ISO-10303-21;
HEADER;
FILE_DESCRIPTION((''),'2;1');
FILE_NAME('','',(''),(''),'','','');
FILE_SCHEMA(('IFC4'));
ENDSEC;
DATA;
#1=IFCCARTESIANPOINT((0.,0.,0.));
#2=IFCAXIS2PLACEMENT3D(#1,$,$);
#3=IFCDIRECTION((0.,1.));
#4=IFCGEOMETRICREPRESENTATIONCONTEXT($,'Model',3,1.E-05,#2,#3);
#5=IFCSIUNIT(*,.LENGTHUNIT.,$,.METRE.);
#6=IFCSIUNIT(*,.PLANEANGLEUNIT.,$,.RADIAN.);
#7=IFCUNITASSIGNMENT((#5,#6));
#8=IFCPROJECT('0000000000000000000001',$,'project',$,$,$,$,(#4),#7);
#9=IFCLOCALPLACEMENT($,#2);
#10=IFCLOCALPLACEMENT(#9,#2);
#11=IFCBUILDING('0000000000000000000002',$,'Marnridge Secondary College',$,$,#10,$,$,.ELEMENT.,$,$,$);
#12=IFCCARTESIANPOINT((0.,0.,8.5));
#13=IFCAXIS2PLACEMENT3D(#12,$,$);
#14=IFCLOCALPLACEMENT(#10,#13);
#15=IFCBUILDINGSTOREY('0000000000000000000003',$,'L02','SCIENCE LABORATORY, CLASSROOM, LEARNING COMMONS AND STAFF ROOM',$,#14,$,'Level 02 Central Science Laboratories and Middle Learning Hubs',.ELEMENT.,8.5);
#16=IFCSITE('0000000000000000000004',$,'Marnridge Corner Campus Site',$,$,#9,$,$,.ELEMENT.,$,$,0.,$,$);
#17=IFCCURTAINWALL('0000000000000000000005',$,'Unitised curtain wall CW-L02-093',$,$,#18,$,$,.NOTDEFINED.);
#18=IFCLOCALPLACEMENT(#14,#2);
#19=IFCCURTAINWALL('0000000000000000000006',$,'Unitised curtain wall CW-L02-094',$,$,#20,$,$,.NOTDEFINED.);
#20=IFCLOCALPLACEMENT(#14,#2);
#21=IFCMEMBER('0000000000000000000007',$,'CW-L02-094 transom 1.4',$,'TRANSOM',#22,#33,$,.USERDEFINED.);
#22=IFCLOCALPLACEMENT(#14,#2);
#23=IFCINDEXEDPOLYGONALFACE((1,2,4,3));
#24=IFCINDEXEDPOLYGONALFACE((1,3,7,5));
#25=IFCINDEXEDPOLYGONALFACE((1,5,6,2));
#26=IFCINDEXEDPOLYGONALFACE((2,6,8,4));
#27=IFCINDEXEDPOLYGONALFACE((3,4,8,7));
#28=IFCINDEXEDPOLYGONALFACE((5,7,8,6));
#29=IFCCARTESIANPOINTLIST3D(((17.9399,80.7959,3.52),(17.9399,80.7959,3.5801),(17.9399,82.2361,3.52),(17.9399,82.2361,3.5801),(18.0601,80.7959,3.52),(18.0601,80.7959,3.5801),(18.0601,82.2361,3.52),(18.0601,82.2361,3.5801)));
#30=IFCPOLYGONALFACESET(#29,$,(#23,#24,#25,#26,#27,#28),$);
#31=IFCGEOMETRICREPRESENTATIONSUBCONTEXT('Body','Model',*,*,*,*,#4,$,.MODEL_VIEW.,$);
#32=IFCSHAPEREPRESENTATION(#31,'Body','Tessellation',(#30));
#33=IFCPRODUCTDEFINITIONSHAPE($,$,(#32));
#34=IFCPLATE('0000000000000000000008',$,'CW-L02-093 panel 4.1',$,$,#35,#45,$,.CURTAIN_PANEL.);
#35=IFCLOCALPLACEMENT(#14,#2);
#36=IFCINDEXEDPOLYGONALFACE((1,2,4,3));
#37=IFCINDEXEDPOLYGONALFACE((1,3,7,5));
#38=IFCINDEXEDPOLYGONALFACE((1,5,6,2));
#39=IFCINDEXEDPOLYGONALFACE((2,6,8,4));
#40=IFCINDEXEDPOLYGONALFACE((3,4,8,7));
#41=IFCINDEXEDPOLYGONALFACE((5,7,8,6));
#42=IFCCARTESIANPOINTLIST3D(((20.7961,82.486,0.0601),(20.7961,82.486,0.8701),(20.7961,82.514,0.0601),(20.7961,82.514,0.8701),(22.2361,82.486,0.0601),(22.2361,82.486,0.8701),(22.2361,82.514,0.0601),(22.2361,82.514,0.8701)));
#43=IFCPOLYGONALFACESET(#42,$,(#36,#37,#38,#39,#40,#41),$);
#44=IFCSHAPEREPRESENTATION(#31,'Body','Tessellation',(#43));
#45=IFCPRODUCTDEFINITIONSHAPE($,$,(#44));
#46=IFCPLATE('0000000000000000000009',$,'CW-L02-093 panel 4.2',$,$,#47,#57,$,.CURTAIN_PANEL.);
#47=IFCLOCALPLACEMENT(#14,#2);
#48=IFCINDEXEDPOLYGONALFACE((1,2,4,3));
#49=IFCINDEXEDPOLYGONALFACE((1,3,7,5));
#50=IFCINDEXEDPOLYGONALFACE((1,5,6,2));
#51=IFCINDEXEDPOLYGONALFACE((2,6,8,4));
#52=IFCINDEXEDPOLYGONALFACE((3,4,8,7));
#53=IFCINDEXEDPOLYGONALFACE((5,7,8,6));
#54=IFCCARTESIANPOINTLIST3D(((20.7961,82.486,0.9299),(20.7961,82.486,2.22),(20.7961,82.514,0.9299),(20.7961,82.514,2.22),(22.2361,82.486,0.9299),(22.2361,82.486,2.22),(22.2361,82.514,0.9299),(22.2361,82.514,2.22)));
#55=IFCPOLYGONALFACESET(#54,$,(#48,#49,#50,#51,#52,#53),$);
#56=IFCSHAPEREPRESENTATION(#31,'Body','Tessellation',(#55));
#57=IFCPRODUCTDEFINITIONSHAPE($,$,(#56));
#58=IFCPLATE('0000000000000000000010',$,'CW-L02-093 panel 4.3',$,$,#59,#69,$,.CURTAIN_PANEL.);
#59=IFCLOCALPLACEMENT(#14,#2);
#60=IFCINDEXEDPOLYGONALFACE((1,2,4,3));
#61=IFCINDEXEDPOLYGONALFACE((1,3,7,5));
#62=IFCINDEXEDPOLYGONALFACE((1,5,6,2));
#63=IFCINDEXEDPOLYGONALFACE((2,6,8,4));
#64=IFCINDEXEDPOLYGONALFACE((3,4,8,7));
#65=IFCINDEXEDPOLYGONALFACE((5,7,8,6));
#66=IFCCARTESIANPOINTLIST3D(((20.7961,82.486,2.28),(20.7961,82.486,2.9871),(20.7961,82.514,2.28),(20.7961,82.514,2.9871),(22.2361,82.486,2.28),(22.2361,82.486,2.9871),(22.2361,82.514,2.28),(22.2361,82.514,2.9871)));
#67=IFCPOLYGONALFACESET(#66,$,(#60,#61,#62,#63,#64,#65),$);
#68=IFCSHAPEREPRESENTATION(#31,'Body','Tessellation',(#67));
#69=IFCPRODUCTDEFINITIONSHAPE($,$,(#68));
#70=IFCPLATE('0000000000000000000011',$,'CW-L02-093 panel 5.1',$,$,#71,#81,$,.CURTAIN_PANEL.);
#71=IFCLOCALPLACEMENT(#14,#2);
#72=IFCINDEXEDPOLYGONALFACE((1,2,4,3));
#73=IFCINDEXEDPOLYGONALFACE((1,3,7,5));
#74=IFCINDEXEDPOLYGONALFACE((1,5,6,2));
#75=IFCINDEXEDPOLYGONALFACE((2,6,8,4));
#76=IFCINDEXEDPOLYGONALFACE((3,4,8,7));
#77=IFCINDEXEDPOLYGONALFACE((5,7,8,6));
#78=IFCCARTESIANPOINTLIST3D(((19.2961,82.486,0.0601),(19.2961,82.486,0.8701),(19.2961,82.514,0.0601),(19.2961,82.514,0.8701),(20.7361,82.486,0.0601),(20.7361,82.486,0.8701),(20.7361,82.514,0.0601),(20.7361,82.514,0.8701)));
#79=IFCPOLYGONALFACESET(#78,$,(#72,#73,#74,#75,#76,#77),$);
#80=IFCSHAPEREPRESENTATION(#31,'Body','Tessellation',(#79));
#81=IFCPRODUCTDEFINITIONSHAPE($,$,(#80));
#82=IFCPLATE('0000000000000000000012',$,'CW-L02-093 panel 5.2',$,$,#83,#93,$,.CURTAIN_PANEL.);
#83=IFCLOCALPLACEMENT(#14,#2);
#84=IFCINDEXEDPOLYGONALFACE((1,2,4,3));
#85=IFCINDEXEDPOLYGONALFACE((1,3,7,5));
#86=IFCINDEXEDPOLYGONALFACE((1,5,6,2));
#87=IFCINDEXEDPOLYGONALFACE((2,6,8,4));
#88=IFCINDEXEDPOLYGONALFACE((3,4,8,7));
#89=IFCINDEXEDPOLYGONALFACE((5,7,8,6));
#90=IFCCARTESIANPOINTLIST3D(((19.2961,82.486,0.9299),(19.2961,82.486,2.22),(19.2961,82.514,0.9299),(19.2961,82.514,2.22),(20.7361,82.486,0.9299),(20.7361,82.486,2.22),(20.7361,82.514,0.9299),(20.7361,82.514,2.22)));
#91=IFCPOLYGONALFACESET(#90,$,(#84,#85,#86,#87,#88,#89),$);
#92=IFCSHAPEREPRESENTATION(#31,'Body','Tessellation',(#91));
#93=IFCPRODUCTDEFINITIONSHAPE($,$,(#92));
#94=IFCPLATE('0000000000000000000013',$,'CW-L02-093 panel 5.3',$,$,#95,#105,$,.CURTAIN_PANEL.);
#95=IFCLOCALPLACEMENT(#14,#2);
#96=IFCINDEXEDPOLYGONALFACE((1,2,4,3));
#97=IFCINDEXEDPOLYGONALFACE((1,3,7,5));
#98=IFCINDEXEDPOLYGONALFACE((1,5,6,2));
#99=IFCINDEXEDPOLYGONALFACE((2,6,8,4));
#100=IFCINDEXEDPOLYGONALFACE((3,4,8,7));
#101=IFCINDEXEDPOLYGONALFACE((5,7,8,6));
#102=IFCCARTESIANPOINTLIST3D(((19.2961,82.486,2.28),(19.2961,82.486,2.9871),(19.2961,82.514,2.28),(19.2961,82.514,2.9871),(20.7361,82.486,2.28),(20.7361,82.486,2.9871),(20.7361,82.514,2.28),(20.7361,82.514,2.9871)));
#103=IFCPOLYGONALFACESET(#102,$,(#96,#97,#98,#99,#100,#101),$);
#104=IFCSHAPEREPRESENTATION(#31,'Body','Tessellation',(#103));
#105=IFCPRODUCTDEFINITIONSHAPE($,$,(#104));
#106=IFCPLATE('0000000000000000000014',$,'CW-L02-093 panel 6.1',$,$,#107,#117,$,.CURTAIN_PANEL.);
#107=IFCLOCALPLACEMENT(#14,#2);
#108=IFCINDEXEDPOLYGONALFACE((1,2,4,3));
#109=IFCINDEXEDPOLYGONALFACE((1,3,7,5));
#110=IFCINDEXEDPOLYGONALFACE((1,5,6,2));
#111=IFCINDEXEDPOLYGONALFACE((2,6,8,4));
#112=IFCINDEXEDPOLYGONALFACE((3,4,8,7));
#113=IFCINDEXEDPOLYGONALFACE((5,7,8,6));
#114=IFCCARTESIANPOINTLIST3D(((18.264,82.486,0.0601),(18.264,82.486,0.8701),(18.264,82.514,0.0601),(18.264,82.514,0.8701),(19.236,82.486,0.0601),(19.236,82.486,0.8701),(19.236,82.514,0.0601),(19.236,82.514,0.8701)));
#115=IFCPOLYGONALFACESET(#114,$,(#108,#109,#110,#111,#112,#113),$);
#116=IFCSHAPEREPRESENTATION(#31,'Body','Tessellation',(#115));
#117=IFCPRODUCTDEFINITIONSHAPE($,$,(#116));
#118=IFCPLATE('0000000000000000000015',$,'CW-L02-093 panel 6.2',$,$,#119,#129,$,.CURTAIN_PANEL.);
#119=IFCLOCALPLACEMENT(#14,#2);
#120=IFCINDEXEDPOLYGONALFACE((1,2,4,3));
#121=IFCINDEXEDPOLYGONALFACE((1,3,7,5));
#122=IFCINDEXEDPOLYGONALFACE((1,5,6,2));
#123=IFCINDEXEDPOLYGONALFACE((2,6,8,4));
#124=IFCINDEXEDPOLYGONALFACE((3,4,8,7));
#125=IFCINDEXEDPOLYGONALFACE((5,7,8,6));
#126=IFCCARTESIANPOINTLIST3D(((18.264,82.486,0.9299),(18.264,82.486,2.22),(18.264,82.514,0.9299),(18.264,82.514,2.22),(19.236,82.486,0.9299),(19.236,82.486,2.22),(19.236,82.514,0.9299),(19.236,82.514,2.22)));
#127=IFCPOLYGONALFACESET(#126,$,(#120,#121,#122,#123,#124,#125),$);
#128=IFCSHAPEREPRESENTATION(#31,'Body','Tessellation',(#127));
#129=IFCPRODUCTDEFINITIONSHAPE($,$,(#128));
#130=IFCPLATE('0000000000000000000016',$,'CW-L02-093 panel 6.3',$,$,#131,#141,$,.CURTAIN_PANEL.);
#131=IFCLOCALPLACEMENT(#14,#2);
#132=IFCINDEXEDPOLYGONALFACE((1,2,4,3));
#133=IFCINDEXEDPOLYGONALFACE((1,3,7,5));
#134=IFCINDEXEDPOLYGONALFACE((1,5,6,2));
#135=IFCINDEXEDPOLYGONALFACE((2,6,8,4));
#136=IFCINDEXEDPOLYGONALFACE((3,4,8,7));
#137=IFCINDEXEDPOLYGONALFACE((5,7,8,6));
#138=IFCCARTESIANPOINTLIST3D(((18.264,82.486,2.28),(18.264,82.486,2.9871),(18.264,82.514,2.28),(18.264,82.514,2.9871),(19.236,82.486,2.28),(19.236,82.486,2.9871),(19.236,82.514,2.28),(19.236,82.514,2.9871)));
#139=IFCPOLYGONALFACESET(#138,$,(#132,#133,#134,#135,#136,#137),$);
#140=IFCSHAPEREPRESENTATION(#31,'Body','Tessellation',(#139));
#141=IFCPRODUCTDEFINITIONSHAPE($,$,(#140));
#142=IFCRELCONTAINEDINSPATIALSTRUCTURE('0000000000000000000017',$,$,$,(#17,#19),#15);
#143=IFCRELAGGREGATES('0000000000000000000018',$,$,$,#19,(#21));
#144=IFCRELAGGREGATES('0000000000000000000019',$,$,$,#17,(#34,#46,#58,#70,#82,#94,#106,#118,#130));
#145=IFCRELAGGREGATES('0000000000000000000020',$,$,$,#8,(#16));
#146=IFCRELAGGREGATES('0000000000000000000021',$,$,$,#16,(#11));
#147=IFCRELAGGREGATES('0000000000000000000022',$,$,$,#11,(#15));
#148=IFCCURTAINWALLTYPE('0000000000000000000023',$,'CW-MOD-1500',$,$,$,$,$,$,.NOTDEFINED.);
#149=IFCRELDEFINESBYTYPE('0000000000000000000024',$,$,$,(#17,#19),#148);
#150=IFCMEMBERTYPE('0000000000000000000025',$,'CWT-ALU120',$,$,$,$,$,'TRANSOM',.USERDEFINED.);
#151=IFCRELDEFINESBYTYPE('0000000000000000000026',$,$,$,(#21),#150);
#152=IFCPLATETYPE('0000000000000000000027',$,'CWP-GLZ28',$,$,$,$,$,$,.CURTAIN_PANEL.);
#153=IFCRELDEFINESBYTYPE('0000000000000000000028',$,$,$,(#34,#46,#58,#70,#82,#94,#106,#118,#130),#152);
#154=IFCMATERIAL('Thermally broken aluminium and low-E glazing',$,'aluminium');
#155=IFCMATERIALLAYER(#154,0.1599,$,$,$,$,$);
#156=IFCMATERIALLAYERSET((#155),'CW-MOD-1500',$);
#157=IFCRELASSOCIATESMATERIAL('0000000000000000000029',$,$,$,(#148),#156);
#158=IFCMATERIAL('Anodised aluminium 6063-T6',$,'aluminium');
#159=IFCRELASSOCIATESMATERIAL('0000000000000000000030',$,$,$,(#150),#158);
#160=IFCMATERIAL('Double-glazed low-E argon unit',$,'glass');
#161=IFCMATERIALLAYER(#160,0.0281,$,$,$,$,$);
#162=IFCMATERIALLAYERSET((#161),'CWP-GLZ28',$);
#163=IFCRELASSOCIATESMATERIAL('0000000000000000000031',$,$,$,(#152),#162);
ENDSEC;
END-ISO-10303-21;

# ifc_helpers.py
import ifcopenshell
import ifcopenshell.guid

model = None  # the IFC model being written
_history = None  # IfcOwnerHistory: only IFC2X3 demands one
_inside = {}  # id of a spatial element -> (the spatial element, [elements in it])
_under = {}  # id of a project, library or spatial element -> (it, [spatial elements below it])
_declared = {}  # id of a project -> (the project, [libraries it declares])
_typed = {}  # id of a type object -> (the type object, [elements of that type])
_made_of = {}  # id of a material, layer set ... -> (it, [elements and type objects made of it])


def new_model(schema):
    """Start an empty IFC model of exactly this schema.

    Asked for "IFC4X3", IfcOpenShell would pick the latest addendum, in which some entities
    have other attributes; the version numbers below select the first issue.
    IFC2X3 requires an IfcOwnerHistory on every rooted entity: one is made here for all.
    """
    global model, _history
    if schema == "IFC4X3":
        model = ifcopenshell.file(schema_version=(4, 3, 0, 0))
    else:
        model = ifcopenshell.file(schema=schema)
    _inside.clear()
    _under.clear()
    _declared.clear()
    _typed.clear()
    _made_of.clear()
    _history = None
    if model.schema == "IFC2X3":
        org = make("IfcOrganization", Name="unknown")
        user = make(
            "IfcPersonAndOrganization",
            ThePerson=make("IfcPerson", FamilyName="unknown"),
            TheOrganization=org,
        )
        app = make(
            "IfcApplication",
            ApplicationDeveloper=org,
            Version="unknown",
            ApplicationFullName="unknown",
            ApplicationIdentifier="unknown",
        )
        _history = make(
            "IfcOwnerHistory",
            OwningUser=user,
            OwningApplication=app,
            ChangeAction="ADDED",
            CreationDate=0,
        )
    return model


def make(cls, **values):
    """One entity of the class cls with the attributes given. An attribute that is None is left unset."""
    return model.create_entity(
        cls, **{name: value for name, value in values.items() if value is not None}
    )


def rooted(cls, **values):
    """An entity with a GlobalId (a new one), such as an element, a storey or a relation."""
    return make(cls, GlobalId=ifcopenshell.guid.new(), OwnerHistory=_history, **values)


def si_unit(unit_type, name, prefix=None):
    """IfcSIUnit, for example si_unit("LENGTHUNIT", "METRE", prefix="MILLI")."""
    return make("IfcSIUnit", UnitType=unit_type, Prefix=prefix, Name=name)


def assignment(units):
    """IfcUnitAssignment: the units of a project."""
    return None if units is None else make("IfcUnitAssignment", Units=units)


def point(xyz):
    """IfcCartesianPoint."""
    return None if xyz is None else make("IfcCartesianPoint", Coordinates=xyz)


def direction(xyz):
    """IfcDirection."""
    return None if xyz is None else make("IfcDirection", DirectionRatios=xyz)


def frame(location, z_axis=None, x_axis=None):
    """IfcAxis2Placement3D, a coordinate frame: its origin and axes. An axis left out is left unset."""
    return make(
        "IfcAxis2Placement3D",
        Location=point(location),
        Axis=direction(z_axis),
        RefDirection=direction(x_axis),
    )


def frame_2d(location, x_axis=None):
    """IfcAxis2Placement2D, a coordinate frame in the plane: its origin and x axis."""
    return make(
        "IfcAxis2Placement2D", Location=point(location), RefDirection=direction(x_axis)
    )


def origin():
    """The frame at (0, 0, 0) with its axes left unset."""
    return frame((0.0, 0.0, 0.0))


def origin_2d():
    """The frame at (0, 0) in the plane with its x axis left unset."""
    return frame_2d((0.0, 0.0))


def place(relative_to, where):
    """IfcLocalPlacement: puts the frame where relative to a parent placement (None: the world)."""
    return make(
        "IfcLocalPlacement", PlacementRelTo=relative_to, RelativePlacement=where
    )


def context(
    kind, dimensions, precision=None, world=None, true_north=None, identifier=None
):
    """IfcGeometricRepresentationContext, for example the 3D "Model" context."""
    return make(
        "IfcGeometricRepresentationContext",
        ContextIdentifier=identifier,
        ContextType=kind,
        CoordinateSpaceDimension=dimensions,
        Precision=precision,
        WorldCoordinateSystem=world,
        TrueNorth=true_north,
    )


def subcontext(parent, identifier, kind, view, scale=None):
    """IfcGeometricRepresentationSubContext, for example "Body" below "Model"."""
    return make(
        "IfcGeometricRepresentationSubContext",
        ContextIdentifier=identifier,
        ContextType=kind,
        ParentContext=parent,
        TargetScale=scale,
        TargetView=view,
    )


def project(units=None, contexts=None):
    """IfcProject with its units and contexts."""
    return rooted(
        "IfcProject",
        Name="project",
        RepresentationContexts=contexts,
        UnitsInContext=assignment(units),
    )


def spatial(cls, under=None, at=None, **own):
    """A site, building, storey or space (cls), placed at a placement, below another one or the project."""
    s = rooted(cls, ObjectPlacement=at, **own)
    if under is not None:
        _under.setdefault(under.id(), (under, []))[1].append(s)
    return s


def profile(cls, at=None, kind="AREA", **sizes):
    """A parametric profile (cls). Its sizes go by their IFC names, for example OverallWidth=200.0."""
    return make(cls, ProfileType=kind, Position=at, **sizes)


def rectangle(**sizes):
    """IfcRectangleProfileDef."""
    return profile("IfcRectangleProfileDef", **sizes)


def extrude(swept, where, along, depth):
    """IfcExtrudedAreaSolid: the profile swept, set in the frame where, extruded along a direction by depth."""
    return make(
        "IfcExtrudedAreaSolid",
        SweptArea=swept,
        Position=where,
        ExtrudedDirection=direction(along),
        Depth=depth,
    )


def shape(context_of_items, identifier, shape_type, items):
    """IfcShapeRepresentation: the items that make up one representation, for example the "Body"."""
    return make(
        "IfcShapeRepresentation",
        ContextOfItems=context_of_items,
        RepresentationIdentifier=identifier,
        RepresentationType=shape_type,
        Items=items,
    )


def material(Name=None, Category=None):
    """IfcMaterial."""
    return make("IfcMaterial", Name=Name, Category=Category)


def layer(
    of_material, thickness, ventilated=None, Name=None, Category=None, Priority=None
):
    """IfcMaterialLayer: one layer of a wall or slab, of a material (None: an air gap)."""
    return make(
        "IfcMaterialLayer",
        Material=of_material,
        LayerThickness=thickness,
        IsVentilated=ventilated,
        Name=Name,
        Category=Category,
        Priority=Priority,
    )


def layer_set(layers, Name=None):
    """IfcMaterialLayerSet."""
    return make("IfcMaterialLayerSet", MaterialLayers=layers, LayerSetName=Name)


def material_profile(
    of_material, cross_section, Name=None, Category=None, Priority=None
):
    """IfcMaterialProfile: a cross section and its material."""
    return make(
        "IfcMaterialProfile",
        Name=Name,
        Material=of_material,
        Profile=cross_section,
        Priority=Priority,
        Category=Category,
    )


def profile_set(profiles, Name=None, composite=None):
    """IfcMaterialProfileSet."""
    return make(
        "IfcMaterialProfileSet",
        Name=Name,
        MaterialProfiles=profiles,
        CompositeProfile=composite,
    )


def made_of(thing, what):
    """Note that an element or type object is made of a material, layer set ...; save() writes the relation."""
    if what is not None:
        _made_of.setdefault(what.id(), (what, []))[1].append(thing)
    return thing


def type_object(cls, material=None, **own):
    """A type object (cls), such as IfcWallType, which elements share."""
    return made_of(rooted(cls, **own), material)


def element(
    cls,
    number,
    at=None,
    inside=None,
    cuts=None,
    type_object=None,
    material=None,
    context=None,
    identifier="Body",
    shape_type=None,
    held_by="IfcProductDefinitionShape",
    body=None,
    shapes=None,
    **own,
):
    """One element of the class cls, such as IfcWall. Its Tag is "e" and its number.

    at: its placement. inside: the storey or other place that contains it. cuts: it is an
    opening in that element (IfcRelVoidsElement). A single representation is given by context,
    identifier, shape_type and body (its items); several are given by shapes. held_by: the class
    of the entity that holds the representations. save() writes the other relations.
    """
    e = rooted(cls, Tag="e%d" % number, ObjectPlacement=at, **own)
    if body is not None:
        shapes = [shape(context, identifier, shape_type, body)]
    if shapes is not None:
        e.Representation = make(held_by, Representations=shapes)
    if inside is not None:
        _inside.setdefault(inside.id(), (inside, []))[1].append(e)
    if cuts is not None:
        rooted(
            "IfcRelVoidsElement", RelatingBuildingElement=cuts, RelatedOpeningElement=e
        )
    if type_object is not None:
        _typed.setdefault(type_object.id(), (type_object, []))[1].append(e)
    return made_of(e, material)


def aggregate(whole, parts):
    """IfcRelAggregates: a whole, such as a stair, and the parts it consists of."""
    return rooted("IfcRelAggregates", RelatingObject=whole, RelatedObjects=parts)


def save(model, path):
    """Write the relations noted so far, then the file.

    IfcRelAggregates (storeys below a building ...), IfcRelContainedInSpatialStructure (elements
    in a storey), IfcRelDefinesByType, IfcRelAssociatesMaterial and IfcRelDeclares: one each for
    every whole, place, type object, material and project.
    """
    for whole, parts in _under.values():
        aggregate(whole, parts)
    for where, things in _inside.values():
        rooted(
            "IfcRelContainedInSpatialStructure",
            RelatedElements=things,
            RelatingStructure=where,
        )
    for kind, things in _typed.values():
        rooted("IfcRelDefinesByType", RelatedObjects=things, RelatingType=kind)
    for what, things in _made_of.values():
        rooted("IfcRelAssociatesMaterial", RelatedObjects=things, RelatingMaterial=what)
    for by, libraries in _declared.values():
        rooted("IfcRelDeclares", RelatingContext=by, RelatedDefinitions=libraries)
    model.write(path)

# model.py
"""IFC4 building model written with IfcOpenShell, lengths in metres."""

from ifc_helpers import new_model, si_unit, direction, frame, origin, origin_2d, place, context, subcontext, project, spatial, rectangle, extrude, material, layer, layer_set, material_profile, profile_set, type_object, element, aggregate, save


model = new_model("IFC4")

# Units and contexts
model_context = context("Model", 3, precision=1e-05, world=origin(), true_north=direction((0.0, 1.0)))
body_context = subcontext(model_context, "Body", "Model", "MODEL_VIEW")
ifc_project = project(units=[si_unit("LENGTHUNIT", "METRE"), si_unit("PLANEANGLEUNIT", "RADIAN")], contexts=[model_context])

# Site, building, storey
site_placement = place(None, origin())
site = spatial("IfcSite", under=ifc_project, at=site_placement, Name="Marnridge Corner Campus Site", CompositionType="ELEMENT", RefElevation=0.0)
building_placement = place(site_placement, origin())
building = spatial("IfcBuilding", under=site, at=building_placement, Name="Marnridge Secondary College", CompositionType="ELEMENT")
storey_placement = place(building_placement, frame((0.0, 0.0, 8.5)))
storey = spatial("IfcBuildingStorey", under=building, at=storey_placement, Name="L02", Description="SCIENCE LABORATORY, CLASSROOM, LEARNING COMMONS AND STAFF ROOM", LongName="Level 02 Central Science Laboratories and Middle Learning Hubs", CompositionType="ELEMENT", Elevation=8.5)

# Curtain wall
ifc_material_1 = material(Name="Thermally broken aluminium and low-E glazing", Category="aluminium")
ifc_layer_1 = layer(ifc_material_1, 0.1599)
ifc_layer_set_1 = layer_set([ifc_layer_1], Name="CW-MOD-1500")
curtain_wall_type = type_object("IfcCurtainWallType", Name="CW-MOD-1500", PredefinedType="NOTDEFINED", material=ifc_layer_set_1)
curtain_wall_1_placement = place(storey_placement, origin())
curtain_wall_1 = element("IfcCurtainWall", 1, at=curtain_wall_1_placement, inside=storey, type_object=curtain_wall_type, Name="Unitised curtain wall CW-L02-093", PredefinedType="NOTDEFINED")

# Curtain wall
curtain_wall_2_placement = place(storey_placement, origin())
curtain_wall_2 = element("IfcCurtainWall", 2, at=curtain_wall_2_placement, inside=storey, type_object=curtain_wall_type, Name="Unitised curtain wall CW-L02-094", PredefinedType="NOTDEFINED")

# Member
ifc_material_2 = material(Name="Anodised aluminium 6063-T6", Category="aluminium")
ifc_material_profile_1 = material_profile(ifc_material_2, rectangle(XDim=0.0601, YDim=0.1201, at=origin_2d()), Name="ALU 60x120")
ifc_profile_set_1 = profile_set([ifc_material_profile_1], Name="Anodised aluminium 6063-T6")
member_type_1 = type_object("IfcMemberType", Name="CWT-ALU120", ElementType="TRANSOM", PredefinedType="USERDEFINED", material=ifc_profile_set_1)
member_1_placement = place(storey_placement, frame((18.0, 82.2361, 3.55), z_axis=(0.0, -1.0, 0.0), x_axis=(0.0, 0.0, 1.0)))
member_1 = element("IfcMember", 3, at=member_1_placement, type_object=member_type_1, Name="CW-L02-094 transom 1.4", ObjectType="TRANSOM", PredefinedType="USERDEFINED", context=body_context, shape_type="SweptSolid", body=[
    extrude(rectangle(XDim=0.0601, YDim=0.1201, at=origin_2d()), origin(), (0.0, 0.0, 1.0), 1.4402),
])
aggregate(curtain_wall_2, [member_1])

# Plates
ifc_material_3 = material(Name="Double-glazed low-E argon unit", Category="glass")
ifc_layer_2 = layer(ifc_material_3, 0.0281)
ifc_layer_set_2 = layer_set([ifc_layer_2], Name="CWP-GLZ28")
plate_type = type_object("IfcPlateType", Name="CWP-GLZ28", PredefinedType="CURTAIN_PANEL", material=ifc_layer_set_2)
plate_1_placement = place(storey_placement, frame((21.5161, 82.5, 0.0601), z_axis=(0.0, 0.0, 1.0), x_axis=(-1.0, 0.0, 0.0)))
plate_1 = element("IfcPlate", 4, at=plate_1_placement, type_object=plate_type, Name="CW-L02-093 panel 4.1", PredefinedType="CURTAIN_PANEL", context=body_context, shape_type="SweptSolid", body=[
    extrude(rectangle(XDim=1.4399, YDim=0.0281, at=origin_2d()), origin(), (0.0, 0.0, 1.0), 0.8101),
])
plate_2_placement = place(storey_placement, frame((21.5161, 82.5, 0.9299), z_axis=(0.0, 0.0, 1.0), x_axis=(-1.0, 0.0, 0.0)))
plate_2 = element("IfcPlate", 5, at=plate_2_placement, type_object=plate_type, Name="CW-L02-093 panel 4.2", PredefinedType="CURTAIN_PANEL", context=body_context, shape_type="SweptSolid", body=[
    extrude(rectangle(XDim=1.4399, YDim=0.0281, at=origin_2d()), origin(), (0.0, 0.0, 1.0), 1.29),
])
plate_3_placement = place(storey_placement, frame((21.5161, 82.5, 2.28), z_axis=(0.0, 0.0, 1.0), x_axis=(-1.0, 0.0, 0.0)))
plate_3 = element("IfcPlate", 6, at=plate_3_placement, type_object=plate_type, Name="CW-L02-093 panel 4.3", PredefinedType="CURTAIN_PANEL", context=body_context, shape_type="SweptSolid", body=[
    extrude(rectangle(XDim=1.4399, YDim=0.0281, at=origin_2d()), origin(), (0.0, 0.0, 1.0), 0.707),
])
plate_4_placement = place(storey_placement, frame((20.0161, 82.5, 0.0601), z_axis=(0.0, 0.0, 1.0), x_axis=(-1.0, 0.0, 0.0)))
plate_4 = element("IfcPlate", 7, at=plate_4_placement, type_object=plate_type, Name="CW-L02-093 panel 5.1", PredefinedType="CURTAIN_PANEL", context=body_context, shape_type="SweptSolid", body=[
    extrude(rectangle(XDim=1.4399, YDim=0.0281, at=origin_2d()), origin(), (0.0, 0.0, 1.0), 0.8101),
])
plate_5_placement = place(storey_placement, frame((20.0161, 82.5, 0.9299), z_axis=(0.0, 0.0, 1.0), x_axis=(-1.0, 0.0, 0.0)))
plate_5 = element("IfcPlate", 8, at=plate_5_placement, type_object=plate_type, Name="CW-L02-093 panel 5.2", PredefinedType="CURTAIN_PANEL", context=body_context, shape_type="SweptSolid", body=[
    extrude(rectangle(XDim=1.4399, YDim=0.0281, at=origin_2d()), origin(), (0.0, 0.0, 1.0), 1.29),
])
plate_6_placement = place(storey_placement, frame((20.0161, 82.5, 2.28), z_axis=(0.0, 0.0, 1.0), x_axis=(-1.0, 0.0, 0.0)))
plate_6 = element("IfcPlate", 9, at=plate_6_placement, type_object=plate_type, Name="CW-L02-093 panel 5.3", PredefinedType="CURTAIN_PANEL", context=body_context, shape_type="SweptSolid", body=[
    extrude(rectangle(XDim=1.4399, YDim=0.0281, at=origin_2d()), origin(), (0.0, 0.0, 1.0), 0.707),
])
plate_7_placement = place(storey_placement, frame((18.75, 82.5, 0.0601), z_axis=(0.0, 0.0, 1.0), x_axis=(-1.0, 0.0, 0.0)))
plate_7 = element("IfcPlate", 10, at=plate_7_placement, type_object=plate_type, Name="CW-L02-093 panel 6.1", PredefinedType="CURTAIN_PANEL", context=body_context, shape_type="SweptSolid", body=[
    extrude(rectangle(XDim=0.9719, YDim=0.0281, at=origin_2d()), origin(), (0.0, 0.0, 1.0), 0.8101),
])
plate_8_placement = place(storey_placement, frame((18.75, 82.5, 0.9299), z_axis=(0.0, 0.0, 1.0), x_axis=(-1.0, 0.0, 0.0)))
plate_8 = element("IfcPlate", 11, at=plate_8_placement, type_object=plate_type, Name="CW-L02-093 panel 6.2", PredefinedType="CURTAIN_PANEL", context=body_context, shape_type="SweptSolid", body=[
    extrude(rectangle(XDim=0.9719, YDim=0.0281, at=origin_2d()), origin(), (0.0, 0.0, 1.0), 1.29),
])
plate_9_placement = place(storey_placement, frame((18.75, 82.5, 2.28), z_axis=(0.0, 0.0, 1.0), x_axis=(-1.0, 0.0, 0.0)))
plate_9 = element("IfcPlate", 12, at=plate_9_placement, type_object=plate_type, Name="CW-L02-093 panel 6.3", PredefinedType="CURTAIN_PANEL", context=body_context, shape_type="SweptSolid", body=[
    extrude(rectangle(XDim=0.9719, YDim=0.0281, at=origin_2d()), origin(), (0.0, 0.0, 1.0), 0.707),
])
aggregate(curtain_wall_1, [plate_1, plate_2, plate_3, plate_4, plate_5, plate_6, plate_7, plate_8, plate_9])

save(model, "model.ifc")
